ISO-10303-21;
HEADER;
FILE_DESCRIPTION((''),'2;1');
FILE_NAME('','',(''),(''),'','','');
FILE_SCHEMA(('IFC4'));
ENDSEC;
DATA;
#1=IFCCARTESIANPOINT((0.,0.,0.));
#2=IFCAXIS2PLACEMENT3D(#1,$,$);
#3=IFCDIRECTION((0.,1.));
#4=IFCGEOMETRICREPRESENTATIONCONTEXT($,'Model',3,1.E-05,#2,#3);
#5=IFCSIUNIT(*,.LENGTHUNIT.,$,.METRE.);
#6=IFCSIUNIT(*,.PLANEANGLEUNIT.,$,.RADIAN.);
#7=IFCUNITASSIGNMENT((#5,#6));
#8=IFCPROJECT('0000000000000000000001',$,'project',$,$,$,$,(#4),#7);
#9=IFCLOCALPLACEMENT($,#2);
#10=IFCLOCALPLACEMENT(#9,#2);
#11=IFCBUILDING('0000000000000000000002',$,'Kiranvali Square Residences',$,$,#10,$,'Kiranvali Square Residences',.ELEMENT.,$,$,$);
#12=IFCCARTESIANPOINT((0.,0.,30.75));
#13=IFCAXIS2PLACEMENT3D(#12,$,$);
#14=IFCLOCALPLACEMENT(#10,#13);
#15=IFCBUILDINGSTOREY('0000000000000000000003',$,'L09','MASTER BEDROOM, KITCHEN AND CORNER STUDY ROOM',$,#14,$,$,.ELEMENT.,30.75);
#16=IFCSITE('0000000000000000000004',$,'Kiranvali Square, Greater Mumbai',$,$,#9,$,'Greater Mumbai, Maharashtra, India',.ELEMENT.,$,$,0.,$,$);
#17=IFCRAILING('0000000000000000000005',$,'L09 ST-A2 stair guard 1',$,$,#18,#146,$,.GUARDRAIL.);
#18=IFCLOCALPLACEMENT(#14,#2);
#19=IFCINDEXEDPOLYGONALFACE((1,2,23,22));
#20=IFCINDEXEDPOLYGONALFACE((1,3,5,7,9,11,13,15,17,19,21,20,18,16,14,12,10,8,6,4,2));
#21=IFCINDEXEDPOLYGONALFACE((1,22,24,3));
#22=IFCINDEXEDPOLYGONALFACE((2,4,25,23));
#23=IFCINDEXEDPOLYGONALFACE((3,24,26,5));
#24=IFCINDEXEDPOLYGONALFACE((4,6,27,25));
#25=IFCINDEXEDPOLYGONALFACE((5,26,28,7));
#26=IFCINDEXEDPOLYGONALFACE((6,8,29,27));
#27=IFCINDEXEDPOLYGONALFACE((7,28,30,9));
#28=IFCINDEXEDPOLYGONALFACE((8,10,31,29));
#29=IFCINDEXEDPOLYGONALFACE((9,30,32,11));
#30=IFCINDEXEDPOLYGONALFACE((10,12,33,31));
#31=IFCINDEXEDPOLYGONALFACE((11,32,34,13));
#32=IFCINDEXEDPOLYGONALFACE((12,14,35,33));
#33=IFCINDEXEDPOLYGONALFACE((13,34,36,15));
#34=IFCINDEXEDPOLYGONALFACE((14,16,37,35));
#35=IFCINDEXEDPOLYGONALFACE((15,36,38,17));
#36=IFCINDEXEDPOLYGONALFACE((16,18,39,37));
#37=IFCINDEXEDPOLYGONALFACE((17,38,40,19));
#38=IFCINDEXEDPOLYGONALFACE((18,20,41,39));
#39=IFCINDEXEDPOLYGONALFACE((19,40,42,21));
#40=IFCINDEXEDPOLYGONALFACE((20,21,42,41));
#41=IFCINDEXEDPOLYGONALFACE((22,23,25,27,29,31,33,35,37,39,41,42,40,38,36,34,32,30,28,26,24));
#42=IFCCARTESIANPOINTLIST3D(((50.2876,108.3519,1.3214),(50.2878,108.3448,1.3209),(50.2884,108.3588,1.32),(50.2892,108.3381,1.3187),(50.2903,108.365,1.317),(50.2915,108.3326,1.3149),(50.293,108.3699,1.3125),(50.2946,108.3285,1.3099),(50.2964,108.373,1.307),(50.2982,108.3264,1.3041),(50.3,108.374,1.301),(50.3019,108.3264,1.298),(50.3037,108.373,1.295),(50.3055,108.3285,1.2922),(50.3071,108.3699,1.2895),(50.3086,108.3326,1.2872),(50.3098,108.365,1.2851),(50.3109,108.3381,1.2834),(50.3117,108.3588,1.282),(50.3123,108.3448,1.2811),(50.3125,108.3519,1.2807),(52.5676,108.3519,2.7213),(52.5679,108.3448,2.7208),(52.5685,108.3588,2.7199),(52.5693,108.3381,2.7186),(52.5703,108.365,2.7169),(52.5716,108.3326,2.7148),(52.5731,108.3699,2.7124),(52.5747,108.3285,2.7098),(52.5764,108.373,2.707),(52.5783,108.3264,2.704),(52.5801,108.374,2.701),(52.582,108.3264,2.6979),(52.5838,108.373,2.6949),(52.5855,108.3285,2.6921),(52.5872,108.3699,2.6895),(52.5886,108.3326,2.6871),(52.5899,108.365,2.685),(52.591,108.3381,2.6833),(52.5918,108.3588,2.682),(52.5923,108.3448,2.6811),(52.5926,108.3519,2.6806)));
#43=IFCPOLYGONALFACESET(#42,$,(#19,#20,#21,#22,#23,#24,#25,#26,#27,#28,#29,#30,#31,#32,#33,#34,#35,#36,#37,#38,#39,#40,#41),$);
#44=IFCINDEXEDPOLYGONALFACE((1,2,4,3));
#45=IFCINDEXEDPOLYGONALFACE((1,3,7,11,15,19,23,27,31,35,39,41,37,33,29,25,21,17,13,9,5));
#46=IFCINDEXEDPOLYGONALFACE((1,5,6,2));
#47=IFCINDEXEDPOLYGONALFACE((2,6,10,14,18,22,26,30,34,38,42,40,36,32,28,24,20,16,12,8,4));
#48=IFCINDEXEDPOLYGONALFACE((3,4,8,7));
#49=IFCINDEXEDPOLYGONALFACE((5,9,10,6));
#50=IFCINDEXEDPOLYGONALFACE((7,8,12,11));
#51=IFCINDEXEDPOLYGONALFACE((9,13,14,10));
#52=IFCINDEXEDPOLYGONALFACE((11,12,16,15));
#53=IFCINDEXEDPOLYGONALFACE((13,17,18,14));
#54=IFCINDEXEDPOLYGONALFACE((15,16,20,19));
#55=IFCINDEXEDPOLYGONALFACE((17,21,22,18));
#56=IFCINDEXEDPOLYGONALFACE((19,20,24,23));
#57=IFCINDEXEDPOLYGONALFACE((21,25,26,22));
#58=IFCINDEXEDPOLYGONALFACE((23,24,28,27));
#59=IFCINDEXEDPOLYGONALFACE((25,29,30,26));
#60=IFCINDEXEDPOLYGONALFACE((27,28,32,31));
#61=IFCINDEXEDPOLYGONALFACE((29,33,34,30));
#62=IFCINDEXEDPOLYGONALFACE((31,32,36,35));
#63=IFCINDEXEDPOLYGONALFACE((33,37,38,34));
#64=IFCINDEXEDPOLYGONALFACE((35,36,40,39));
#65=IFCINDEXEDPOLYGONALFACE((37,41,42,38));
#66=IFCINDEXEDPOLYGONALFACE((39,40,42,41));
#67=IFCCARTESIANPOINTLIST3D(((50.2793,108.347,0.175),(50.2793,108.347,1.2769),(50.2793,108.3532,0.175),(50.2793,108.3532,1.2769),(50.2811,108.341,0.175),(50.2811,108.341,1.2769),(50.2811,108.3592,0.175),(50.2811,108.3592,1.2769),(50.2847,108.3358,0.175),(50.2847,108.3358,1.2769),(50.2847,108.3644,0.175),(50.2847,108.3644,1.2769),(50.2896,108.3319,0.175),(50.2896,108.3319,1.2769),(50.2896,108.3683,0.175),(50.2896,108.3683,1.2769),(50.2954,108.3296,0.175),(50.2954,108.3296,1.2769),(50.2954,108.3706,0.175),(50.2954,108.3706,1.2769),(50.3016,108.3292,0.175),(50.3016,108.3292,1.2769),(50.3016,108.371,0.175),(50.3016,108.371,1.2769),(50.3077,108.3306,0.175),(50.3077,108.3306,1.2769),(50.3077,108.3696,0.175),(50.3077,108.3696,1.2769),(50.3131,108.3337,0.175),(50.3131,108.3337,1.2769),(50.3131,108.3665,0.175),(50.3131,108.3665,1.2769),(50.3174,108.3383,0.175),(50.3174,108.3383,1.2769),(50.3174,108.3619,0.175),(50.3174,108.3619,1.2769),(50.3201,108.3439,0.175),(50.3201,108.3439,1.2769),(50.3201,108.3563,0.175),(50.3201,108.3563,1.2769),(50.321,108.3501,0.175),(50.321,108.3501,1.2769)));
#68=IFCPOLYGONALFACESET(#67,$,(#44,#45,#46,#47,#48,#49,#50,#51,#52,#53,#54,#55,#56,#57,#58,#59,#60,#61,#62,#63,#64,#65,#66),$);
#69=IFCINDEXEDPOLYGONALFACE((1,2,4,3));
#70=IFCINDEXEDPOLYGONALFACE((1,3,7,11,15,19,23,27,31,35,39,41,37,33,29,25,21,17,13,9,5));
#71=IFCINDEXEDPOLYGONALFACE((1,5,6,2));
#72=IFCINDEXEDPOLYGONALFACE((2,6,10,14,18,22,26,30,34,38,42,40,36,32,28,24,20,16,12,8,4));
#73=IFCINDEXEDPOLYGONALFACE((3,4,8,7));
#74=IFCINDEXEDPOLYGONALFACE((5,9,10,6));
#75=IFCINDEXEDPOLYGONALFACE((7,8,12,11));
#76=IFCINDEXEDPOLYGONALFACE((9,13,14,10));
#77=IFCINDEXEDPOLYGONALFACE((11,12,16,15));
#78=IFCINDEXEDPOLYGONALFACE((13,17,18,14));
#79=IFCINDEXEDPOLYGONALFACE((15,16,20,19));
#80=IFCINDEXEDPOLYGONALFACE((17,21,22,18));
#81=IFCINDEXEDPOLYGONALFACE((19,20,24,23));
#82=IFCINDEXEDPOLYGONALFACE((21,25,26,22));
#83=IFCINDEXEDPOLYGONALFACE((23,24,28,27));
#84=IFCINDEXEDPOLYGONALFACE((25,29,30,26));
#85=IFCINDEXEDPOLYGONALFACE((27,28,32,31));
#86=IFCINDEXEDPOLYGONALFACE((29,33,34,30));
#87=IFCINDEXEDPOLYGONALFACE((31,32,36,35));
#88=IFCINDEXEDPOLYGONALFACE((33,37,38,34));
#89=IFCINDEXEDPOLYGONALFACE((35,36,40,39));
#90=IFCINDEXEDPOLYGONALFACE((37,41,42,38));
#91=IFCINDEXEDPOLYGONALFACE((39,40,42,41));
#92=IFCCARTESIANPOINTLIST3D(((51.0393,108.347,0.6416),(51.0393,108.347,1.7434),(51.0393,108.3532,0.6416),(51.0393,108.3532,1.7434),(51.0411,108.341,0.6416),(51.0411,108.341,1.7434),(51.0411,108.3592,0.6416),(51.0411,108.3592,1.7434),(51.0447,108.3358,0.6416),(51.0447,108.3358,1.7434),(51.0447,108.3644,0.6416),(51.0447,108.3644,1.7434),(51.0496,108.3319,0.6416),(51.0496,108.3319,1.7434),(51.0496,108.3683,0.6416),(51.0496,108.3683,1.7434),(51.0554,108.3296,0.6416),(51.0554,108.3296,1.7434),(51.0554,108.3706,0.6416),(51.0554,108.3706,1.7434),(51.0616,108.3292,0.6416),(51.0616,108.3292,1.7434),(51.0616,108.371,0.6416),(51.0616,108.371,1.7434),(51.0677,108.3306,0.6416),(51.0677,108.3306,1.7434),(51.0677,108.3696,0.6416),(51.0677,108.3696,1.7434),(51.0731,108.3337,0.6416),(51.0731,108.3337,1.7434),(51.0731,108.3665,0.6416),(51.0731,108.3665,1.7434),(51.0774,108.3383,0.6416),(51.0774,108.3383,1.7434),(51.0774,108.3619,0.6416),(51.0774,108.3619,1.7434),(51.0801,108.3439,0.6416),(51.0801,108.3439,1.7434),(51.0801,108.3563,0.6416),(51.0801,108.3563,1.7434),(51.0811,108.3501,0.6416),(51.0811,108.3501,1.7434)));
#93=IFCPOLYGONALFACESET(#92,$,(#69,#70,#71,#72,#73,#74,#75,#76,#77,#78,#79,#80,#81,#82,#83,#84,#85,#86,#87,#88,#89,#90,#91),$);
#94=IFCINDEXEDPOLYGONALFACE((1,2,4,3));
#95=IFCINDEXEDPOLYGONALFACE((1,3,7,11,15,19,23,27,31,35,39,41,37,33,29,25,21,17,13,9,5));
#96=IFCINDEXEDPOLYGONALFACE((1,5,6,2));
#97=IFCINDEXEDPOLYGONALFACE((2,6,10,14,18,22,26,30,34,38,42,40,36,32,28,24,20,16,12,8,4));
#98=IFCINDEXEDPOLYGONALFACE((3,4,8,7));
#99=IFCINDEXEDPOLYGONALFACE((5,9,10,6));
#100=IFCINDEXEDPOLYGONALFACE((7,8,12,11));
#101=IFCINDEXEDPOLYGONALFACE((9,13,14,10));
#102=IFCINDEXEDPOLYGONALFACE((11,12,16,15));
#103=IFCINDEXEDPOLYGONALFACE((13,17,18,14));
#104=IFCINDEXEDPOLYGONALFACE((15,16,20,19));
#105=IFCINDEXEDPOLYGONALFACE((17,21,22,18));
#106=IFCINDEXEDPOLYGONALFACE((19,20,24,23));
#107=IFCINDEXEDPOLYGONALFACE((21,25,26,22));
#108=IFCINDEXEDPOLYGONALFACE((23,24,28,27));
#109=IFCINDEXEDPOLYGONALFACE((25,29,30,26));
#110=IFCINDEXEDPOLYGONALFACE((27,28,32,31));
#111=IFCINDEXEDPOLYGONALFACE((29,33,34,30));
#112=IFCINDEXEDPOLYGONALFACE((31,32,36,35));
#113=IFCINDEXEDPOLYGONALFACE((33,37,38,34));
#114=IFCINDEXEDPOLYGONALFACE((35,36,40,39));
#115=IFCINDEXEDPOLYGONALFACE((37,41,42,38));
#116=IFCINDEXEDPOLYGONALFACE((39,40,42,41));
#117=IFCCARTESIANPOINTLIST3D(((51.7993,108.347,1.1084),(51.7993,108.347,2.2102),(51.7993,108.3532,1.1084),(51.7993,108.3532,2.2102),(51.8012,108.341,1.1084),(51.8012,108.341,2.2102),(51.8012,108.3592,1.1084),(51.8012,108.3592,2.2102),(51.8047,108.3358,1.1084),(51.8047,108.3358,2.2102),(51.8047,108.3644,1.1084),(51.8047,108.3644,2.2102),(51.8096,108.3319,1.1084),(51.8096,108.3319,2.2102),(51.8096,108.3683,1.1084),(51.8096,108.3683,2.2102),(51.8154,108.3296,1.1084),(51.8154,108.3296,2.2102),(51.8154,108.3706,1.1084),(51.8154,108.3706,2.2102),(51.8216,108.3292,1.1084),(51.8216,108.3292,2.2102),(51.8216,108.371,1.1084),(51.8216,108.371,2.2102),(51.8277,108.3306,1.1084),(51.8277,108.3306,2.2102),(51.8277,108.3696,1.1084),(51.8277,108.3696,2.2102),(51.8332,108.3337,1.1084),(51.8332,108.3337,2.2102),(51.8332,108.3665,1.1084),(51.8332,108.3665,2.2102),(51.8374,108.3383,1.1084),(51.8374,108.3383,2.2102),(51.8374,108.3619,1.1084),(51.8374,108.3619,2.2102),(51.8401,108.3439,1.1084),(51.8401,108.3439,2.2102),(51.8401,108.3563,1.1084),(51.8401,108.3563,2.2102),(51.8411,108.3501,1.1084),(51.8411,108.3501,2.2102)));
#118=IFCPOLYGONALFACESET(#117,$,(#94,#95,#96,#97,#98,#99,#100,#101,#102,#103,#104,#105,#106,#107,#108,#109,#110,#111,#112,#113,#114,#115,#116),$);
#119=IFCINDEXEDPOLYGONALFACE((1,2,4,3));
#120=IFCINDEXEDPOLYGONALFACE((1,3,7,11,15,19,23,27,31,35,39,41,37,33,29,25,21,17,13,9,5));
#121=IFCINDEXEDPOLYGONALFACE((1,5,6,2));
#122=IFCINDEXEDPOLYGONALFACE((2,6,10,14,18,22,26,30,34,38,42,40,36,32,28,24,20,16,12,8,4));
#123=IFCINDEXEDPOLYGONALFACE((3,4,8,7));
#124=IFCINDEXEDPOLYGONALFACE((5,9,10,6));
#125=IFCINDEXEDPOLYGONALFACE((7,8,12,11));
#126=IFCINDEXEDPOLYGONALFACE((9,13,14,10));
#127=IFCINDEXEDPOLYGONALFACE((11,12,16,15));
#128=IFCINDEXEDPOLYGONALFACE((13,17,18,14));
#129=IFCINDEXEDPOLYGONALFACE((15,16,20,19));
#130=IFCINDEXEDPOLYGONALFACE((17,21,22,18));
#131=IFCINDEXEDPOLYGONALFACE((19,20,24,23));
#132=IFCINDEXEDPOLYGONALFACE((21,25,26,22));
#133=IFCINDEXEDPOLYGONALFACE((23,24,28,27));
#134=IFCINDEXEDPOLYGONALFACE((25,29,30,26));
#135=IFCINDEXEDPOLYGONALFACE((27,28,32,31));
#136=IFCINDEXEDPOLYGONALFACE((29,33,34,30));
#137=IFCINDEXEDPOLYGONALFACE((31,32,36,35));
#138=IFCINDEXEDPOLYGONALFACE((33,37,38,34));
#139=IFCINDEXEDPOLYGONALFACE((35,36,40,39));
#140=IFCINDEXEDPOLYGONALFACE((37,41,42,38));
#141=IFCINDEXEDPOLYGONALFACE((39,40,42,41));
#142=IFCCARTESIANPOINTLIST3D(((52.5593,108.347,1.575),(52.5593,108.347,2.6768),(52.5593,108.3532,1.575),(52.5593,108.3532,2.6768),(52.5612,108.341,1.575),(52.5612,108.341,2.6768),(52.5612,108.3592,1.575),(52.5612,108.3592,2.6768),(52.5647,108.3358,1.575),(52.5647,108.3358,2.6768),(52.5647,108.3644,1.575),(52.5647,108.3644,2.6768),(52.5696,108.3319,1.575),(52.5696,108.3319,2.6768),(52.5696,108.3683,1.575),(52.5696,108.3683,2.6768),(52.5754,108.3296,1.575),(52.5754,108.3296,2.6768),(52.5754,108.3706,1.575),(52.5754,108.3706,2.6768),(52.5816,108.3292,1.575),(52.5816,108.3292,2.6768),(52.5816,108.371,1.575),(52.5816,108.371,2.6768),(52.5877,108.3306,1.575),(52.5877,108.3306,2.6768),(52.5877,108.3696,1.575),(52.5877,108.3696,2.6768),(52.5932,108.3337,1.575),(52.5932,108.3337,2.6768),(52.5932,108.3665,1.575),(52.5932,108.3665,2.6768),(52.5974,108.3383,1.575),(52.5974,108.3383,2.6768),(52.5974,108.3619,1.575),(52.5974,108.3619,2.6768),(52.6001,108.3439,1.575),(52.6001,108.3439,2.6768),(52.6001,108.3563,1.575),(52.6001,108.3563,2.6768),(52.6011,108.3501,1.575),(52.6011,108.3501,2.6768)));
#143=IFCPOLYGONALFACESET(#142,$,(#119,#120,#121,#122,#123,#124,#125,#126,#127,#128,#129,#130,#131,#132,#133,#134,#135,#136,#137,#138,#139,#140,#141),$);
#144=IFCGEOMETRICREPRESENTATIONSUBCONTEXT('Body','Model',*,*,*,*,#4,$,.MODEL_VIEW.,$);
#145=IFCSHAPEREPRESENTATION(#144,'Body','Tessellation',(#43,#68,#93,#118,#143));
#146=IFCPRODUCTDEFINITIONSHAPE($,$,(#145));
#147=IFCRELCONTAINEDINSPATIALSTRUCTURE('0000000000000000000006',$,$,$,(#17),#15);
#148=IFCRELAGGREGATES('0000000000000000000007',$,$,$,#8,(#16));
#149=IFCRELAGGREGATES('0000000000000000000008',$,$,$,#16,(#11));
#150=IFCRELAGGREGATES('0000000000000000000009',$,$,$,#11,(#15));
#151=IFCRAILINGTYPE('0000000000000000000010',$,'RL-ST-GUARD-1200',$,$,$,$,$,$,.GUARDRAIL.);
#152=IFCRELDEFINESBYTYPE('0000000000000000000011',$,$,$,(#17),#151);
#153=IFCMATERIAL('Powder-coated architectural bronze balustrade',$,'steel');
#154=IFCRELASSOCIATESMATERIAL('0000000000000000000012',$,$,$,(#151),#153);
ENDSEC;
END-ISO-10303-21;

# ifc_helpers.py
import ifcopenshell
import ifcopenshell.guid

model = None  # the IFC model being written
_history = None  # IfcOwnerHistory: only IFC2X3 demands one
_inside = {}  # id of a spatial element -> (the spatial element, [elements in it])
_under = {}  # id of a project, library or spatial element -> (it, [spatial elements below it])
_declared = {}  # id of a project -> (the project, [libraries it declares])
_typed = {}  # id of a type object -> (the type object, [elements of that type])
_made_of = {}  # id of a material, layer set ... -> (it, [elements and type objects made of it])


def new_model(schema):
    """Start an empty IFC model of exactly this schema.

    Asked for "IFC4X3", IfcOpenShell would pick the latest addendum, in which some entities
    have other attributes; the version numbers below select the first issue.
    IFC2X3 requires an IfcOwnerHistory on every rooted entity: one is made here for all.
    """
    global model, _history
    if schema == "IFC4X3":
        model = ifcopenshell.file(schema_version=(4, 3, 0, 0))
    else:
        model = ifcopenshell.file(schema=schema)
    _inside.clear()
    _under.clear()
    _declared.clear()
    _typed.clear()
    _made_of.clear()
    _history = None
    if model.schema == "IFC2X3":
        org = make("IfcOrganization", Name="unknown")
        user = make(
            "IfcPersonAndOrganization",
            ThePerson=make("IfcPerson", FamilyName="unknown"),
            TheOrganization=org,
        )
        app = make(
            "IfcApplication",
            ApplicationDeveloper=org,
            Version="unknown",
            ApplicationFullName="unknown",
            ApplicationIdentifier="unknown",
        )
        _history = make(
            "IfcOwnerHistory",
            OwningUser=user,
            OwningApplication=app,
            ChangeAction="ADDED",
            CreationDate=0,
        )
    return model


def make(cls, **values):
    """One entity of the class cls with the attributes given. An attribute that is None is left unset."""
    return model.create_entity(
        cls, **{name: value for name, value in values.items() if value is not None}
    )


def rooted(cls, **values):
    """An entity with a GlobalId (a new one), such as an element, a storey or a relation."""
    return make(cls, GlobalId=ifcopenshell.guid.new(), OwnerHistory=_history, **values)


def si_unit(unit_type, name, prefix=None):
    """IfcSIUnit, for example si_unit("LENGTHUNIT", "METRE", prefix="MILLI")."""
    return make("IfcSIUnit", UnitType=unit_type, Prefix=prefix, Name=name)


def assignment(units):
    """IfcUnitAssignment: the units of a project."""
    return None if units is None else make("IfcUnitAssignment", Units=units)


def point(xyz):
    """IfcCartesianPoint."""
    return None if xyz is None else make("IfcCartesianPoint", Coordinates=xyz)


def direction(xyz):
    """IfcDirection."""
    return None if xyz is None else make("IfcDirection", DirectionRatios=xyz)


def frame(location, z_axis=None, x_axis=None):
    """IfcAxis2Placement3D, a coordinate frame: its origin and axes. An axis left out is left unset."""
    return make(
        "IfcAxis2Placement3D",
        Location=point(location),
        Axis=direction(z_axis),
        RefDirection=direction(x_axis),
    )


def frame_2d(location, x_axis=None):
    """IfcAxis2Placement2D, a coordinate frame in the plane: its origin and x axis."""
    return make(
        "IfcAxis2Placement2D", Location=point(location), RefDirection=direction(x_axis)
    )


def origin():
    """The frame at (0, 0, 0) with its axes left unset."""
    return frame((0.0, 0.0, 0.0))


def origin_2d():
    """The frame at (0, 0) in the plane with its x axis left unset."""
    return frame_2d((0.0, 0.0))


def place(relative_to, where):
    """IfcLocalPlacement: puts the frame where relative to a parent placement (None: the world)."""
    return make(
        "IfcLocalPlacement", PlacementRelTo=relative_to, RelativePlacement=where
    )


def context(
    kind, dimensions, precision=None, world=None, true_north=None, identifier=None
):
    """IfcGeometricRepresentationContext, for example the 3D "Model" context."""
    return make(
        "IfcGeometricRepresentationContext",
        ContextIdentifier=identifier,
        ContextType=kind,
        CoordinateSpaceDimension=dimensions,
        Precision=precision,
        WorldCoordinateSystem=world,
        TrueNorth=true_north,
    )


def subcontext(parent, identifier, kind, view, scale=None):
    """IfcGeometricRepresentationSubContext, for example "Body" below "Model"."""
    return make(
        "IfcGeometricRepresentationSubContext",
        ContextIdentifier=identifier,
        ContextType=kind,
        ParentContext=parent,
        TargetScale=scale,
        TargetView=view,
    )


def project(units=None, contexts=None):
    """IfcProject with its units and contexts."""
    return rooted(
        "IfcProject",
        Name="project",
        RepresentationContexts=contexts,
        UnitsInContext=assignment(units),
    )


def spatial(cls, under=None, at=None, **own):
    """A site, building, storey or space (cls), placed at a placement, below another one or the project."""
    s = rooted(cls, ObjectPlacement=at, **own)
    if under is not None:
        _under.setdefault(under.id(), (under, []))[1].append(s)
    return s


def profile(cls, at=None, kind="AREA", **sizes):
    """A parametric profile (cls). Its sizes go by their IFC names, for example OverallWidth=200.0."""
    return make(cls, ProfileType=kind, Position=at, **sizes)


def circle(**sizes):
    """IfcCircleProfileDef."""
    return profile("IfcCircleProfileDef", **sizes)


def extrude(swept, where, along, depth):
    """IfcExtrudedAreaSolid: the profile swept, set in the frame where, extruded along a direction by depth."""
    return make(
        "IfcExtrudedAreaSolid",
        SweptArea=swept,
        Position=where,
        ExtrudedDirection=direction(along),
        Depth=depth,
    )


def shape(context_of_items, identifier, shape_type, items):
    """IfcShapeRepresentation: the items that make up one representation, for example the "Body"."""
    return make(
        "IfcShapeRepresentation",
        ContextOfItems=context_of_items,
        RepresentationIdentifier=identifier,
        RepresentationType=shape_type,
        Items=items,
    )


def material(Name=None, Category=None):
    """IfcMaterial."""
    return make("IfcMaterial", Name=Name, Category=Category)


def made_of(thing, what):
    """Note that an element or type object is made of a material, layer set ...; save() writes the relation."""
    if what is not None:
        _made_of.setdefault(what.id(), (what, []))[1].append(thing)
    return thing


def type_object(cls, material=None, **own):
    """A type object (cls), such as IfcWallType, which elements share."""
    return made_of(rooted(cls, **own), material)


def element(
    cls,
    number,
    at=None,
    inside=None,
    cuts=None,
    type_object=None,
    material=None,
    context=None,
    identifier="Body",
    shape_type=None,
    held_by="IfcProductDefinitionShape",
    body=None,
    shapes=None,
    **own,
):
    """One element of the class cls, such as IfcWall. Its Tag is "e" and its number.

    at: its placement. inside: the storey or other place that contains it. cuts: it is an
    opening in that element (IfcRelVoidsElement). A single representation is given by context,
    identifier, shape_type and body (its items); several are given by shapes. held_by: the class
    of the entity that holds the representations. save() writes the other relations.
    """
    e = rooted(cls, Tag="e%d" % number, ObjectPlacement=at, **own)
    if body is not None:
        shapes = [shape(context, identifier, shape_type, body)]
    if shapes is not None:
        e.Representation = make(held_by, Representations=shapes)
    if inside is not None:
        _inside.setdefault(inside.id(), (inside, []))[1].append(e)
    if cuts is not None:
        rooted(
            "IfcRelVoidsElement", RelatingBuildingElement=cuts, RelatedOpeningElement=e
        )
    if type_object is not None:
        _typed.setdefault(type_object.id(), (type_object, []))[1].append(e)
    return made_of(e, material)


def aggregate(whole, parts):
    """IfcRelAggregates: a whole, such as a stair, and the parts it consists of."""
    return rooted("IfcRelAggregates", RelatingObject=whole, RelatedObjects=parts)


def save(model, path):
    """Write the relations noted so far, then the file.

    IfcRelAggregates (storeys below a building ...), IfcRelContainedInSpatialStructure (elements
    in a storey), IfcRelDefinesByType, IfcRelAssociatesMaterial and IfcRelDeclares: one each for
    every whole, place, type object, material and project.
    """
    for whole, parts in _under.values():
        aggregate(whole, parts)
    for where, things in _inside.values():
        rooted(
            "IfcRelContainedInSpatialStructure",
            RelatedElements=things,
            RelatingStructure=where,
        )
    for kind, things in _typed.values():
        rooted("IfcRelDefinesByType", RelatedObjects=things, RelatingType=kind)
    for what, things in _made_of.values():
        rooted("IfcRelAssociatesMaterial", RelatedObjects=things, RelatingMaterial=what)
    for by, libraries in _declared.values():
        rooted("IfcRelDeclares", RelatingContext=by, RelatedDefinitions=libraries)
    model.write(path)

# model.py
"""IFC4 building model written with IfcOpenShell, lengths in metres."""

from ifc_helpers import new_model, si_unit, direction, frame, origin, origin_2d, place, context, subcontext, project, spatial, circle, extrude, material, type_object, element, save


model = new_model("IFC4")

# Units and contexts
model_context = context("Model", 3, precision=1e-05, world=origin(), true_north=direction((0.0, 1.0)))
body_context = subcontext(model_context, "Body", "Model", "MODEL_VIEW")
ifc_project = project(units=[si_unit("LENGTHUNIT", "METRE"), si_unit("PLANEANGLEUNIT", "RADIAN")], contexts=[model_context])

# Site, building, storey
site_placement = place(None, origin())
site = spatial("IfcSite", under=ifc_project, at=site_placement, Name="Kiranvali Square, Greater Mumbai", LongName="Greater Mumbai, Maharashtra, India", CompositionType="ELEMENT", RefElevation=0.0)
building_placement = place(site_placement, origin())
building = spatial("IfcBuilding", under=site, at=building_placement, Name="Kiranvali Square Residences", LongName="Kiranvali Square Residences", CompositionType="ELEMENT")
storey_placement = place(building_placement, frame((0.0, 0.0, 30.75)))
storey = spatial("IfcBuildingStorey", under=building, at=storey_placement, Name="L09", Description="MASTER BEDROOM, KITCHEN AND CORNER STUDY ROOM", CompositionType="ELEMENT", Elevation=30.75)

# Railing
ifc_material_1 = material(Name="Powder-coated architectural bronze balustrade", Category="steel")
railing_type_1 = type_object("IfcRailingType", Name="RL-ST-GUARD-1200", PredefinedType="GUARDRAIL", material=ifc_material_1)
railing_1_placement = place(storey_placement, frame((50.3, 108.3501, 0.175)))
element("IfcRailing", 1, at=railing_1_placement, inside=storey, type_object=railing_type_1, Name="L09 ST-A2 stair guard 1", PredefinedType="GUARDRAIL", context=body_context, shape_type="SweptSolid", body=[
    extrude(circle(Radius=0.0239, at=origin_2d()), frame((0.0, 0.0, 1.126), z_axis=(0.85219, 0.0, 0.523232), x_axis=(0.0, 1.0, 0.0)), (0.0, 0.0, 1.0), 2.6755),
    extrude(circle(Radius=0.021, at=origin_2d()), origin(), (0.0, 0.0, 1.0), 1.1018),
    extrude(circle(Radius=0.021, at=origin_2d()), frame((0.76, 0.0, 0.4666)), (0.0, 0.0, 1.0), 1.1018),
    extrude(circle(Radius=0.021, at=origin_2d()), frame((1.52, 0.0, 0.9333)), (0.0, 0.0, 1.0), 1.1018),
    extrude(circle(Radius=0.021, at=origin_2d()), frame((2.28, 0.0, 1.3999)), (0.0, 0.0, 1.0), 1.1018),
])

save(model, "model.ifc")
